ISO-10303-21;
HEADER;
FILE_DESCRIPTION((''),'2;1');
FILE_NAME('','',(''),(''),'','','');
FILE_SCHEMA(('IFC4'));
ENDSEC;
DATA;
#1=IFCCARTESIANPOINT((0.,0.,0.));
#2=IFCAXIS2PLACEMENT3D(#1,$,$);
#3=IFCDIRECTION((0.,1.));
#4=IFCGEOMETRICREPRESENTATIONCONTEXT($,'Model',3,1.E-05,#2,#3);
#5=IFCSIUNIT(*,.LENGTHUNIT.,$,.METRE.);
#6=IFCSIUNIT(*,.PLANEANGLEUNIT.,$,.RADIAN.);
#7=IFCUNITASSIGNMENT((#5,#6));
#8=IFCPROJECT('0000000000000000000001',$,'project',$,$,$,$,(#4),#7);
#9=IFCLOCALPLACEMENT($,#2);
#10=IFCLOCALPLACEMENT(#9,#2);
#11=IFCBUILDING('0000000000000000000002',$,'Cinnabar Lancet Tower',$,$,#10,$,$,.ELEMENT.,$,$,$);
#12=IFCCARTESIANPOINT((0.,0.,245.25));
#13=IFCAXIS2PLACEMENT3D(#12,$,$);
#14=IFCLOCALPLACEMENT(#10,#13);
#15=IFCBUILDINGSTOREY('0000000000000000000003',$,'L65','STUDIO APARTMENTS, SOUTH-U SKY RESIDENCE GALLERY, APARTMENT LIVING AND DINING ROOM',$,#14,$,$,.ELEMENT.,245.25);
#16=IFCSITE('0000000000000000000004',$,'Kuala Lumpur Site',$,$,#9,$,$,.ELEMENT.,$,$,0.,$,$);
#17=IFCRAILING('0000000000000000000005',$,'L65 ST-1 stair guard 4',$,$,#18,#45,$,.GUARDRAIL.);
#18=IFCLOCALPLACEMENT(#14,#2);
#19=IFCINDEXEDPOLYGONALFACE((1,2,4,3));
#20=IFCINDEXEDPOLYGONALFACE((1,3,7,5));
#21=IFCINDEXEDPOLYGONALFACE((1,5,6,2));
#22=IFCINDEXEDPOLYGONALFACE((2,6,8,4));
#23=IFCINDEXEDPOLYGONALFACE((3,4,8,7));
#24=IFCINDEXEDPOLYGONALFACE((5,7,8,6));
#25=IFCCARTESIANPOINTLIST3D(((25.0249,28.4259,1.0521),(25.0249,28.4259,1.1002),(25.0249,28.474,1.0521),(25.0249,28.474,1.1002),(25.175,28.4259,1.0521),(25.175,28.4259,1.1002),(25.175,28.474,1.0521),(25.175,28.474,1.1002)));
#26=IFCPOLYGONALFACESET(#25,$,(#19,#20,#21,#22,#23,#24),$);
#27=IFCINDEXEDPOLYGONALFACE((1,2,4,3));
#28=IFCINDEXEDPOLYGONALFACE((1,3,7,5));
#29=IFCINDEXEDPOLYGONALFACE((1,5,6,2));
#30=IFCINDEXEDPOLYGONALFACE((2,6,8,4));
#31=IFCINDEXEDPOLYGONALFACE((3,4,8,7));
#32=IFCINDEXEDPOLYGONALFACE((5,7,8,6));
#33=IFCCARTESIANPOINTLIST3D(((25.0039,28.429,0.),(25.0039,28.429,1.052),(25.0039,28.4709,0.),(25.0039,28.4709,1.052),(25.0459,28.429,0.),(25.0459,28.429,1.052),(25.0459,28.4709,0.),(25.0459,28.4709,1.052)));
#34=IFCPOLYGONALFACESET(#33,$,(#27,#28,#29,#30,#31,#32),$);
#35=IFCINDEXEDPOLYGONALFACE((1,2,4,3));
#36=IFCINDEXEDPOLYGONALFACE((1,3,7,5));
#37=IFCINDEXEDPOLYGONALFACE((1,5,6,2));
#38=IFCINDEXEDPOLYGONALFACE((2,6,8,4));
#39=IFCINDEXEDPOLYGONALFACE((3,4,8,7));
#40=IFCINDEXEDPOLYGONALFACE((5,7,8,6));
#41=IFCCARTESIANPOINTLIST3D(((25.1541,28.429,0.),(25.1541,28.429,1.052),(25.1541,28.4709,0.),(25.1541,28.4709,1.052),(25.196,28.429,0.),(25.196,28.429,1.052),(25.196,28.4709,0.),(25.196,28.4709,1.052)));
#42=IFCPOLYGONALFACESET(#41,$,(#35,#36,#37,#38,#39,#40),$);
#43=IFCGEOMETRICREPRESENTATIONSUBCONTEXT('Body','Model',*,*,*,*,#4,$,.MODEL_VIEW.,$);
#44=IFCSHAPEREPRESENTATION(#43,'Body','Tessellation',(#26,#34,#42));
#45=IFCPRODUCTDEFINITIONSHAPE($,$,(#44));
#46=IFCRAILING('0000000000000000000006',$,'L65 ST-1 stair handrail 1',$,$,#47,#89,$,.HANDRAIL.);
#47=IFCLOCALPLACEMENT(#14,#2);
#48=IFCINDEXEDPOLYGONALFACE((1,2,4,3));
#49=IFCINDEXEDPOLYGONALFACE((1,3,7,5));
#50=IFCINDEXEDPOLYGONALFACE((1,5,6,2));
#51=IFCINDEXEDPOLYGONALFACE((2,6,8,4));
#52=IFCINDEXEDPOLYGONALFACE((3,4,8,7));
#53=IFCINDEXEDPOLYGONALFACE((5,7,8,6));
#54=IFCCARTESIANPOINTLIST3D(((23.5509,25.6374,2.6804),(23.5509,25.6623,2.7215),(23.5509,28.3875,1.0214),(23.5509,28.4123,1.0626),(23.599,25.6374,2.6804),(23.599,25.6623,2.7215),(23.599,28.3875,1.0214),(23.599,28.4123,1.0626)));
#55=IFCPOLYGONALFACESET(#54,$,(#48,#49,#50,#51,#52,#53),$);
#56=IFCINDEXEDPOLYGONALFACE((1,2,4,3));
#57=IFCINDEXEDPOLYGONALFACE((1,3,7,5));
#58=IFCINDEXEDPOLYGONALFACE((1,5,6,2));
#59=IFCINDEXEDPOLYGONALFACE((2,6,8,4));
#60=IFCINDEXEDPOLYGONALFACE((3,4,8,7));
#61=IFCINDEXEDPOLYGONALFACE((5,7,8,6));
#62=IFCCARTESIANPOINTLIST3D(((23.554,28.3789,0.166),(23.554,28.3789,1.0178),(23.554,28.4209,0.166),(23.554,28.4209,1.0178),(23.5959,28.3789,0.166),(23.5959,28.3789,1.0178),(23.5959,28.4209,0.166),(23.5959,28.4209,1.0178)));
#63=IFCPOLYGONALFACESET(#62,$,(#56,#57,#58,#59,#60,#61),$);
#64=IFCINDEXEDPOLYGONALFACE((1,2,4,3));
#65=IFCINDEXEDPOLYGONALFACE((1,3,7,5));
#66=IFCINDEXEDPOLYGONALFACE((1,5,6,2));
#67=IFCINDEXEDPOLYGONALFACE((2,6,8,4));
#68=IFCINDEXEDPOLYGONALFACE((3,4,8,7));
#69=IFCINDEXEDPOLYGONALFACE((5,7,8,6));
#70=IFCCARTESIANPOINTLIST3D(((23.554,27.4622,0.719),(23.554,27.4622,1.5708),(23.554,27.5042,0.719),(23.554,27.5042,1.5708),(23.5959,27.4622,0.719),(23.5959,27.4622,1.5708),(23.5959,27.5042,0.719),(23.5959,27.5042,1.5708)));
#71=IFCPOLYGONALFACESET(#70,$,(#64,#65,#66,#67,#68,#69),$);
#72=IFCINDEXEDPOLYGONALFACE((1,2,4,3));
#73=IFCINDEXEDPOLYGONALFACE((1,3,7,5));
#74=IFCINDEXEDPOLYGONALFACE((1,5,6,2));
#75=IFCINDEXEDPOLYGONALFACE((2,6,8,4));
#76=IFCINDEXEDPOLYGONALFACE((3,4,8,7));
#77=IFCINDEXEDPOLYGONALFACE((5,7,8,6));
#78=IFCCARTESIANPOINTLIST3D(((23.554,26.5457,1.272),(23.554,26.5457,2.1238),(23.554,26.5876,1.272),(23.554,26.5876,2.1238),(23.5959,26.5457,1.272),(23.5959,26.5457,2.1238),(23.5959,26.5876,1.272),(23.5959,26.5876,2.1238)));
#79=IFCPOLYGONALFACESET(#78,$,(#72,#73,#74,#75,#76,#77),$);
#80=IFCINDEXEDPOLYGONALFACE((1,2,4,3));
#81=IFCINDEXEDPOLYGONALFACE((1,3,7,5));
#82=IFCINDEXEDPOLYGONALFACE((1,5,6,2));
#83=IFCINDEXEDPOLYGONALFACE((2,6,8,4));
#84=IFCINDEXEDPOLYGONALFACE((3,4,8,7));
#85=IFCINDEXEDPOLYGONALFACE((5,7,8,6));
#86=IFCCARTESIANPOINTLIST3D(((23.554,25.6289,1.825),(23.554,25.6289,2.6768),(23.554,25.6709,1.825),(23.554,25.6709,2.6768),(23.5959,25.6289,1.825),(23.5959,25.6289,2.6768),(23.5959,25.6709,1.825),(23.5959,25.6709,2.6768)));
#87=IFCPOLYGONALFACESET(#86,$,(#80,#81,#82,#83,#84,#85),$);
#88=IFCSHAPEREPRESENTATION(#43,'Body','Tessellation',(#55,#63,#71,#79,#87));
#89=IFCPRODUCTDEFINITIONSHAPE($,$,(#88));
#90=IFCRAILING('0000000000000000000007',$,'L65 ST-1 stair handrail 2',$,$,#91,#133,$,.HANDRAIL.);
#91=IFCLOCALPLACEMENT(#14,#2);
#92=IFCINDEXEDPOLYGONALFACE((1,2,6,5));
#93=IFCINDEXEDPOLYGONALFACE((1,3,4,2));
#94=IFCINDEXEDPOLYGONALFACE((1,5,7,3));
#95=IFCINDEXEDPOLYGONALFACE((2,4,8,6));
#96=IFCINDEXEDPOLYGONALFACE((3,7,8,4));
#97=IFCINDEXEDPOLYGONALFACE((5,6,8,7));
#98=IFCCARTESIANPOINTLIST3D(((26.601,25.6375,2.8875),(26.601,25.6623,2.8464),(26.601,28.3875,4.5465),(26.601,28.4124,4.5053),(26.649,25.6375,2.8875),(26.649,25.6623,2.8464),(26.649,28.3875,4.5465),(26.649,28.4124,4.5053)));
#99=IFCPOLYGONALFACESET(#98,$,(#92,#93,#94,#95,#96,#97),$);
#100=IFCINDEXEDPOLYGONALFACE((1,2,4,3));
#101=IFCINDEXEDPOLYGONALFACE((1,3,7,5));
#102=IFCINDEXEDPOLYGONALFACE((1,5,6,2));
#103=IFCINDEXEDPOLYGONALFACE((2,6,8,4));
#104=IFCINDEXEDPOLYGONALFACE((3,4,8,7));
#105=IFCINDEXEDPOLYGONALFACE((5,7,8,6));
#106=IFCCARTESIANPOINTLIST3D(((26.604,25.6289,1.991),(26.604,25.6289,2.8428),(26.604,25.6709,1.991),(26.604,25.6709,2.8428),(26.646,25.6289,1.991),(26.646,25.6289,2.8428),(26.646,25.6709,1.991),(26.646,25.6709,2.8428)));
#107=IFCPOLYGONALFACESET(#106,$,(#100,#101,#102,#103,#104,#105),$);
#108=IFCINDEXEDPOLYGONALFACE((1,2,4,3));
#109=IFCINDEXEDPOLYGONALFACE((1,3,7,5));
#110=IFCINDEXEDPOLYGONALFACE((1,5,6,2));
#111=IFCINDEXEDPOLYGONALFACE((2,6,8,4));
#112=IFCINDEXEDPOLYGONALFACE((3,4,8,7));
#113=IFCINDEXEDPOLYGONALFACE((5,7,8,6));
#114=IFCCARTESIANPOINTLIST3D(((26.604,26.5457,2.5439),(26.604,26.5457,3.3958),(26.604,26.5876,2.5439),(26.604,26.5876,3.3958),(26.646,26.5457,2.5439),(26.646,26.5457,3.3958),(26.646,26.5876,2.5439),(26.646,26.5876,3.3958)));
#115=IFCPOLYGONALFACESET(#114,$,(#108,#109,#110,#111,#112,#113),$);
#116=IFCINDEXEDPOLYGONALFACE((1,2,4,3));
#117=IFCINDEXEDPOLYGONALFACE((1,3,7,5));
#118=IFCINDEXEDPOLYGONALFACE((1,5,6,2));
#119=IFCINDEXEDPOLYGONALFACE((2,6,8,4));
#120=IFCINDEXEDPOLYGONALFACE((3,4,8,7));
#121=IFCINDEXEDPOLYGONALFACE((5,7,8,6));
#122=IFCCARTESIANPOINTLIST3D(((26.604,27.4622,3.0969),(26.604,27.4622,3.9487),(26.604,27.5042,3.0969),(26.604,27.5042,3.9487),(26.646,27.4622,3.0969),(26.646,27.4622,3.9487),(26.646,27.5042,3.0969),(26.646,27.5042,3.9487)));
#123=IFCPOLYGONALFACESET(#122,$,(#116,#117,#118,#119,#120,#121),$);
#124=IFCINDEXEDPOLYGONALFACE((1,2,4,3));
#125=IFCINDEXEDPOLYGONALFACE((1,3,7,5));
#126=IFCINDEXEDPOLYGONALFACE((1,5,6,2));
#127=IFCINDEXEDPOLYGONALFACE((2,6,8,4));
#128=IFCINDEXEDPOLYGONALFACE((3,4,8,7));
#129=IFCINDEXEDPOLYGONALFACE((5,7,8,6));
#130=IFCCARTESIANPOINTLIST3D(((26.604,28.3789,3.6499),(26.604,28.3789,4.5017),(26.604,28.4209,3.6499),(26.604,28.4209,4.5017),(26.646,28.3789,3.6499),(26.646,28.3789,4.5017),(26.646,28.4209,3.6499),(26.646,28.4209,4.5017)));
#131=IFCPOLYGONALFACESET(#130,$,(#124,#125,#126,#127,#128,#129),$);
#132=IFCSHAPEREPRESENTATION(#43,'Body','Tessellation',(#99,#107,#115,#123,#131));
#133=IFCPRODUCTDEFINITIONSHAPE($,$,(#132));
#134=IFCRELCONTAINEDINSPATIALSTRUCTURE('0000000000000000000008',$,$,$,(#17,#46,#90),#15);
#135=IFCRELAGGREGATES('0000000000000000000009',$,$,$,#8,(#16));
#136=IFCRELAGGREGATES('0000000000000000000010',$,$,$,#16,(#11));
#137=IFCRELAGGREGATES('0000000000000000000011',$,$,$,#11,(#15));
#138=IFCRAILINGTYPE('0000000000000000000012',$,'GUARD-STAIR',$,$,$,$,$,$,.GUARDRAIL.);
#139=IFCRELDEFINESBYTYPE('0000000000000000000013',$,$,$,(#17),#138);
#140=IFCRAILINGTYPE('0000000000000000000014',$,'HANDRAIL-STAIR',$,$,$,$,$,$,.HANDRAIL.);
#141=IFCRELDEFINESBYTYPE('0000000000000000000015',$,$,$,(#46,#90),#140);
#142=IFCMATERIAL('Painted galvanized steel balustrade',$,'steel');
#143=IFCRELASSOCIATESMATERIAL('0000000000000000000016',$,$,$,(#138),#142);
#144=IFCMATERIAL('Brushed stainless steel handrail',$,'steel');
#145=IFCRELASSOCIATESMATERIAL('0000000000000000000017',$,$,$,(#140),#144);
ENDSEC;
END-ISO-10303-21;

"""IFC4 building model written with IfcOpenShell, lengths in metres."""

from ifc_helpers import new_model, si_unit, direction, frame, origin, origin_2d, place, context, subcontext, project, spatial, rectangle, extrude, material, type_object, element, save


model = new_model("IFC4")

# Units and contexts
model_context = context("Model", 3, precision=1e-05, world=origin(), true_north=direction((0.0, 1.0)))
body_context = subcontext(model_context, "Body", "Model", "MODEL_VIEW")
ifc_project = project(units=[si_unit("LENGTHUNIT", "METRE"), si_unit("PLANEANGLEUNIT", "RADIAN")], contexts=[model_context])

# Site, building, storey
site_placement = place(None, origin())
site = spatial("IfcSite", under=ifc_project, at=site_placement, Name="Kuala Lumpur Site", CompositionType="ELEMENT", RefElevation=0.0)
building_placement = place(site_placement, origin())
building = spatial("IfcBuilding", under=site, at=building_placement, Name="Cinnabar Lancet Tower", CompositionType="ELEMENT")
storey_placement = place(building_placement, frame((0.0, 0.0, 245.25)))
storey = spatial("IfcBuildingStorey", under=building, at=storey_placement, Name="L65", Description="STUDIO APARTMENTS, SOUTH-U SKY RESIDENCE GALLERY, APARTMENT LIVING AND DINING ROOM", CompositionType="ELEMENT", Elevation=245.25)

# Railings
ifc_material_1 = material(Name="Painted galvanized steel balustrade", Category="steel")
railing_type_1 = type_object("IfcRailingType", Name="GUARD-STAIR", PredefinedType="GUARDRAIL", material=ifc_material_1)
railing_1_placement = place(storey_placement, frame((25.0249, 28.45, 0.0)))
element("IfcRailing", 1, at=railing_1_placement, inside=storey, type_object=railing_type_1, Name="L65 ST-1 stair guard 4", PredefinedType="GUARDRAIL", context=body_context, shape_type="SweptSolid", body=[
    extrude(rectangle(XDim=0.0481, YDim=0.0481, at=origin_2d()), frame((0.0, 0.0, 1.0762), z_axis=(1.0, 0.0, 0.0), x_axis=(0.0, 1.0, 0.0)), (0.0, 0.0, 1.0), 0.1501),
    extrude(rectangle(XDim=0.042, YDim=0.042, at=origin_2d()), origin(), (0.0, 0.0, 1.0), 1.052),
    extrude(rectangle(XDim=0.042, YDim=0.042, at=origin_2d()), frame((0.1501, 0.0, 0.0)), (0.0, 0.0, 1.0), 1.052),
])
ifc_material_2 = material(Name="Brushed stainless steel handrail", Category="steel")
railing_type_2 = type_object("IfcRailingType", Name="HANDRAIL-STAIR", PredefinedType="HANDRAIL", material=ifc_material_2)
railing_2_placement = place(storey_placement, frame((23.575, 28.3999, 0.166)))
element("IfcRailing", 2, at=railing_2_placement, inside=storey, type_object=railing_type_2, Name="L65 ST-1 stair handrail 1", PredefinedType="HANDRAIL", context=body_context, shape_type="SweptSolid", body=[
    extrude(rectangle(XDim=0.0481, YDim=0.0481, at=origin_2d()), frame((0.0, 0.0, 0.876), z_axis=(0.0, -0.856263, 0.51654), x_axis=(1.0, 0.0, 0.0)), (0.0, 0.0, 1.0), 3.2117),
    extrude(rectangle(XDim=0.042, YDim=0.042, at=origin_2d()), origin(), (0.0, 0.0, 1.0), 0.8518),
    extrude(rectangle(XDim=0.042, YDim=0.042, at=origin_2d()), frame((0.0, -0.9167, 0.553)), (0.0, 0.0, 1.0), 0.8518),
    extrude(rectangle(XDim=0.042, YDim=0.042, at=origin_2d()), frame((0.0, -1.8333, 1.106)), (0.0, 0.0, 1.0), 0.8518),
    extrude(rectangle(XDim=0.042, YDim=0.042, at=origin_2d()), frame((0.0, -2.75, 1.6589)), (0.0, 0.0, 1.0), 0.8518),
])
railing_3_placement = place(storey_placement, frame((26.625, 25.6499, 1.991)))
element("IfcRailing", 3, at=railing_3_placement, inside=storey, type_object=railing_type_2, Name="L65 ST-1 stair handrail 2", PredefinedType="HANDRAIL", context=body_context, shape_type="SweptSolid", body=[
    extrude(rectangle(XDim=0.0481, YDim=0.0481, at=origin_2d()), frame((0.0, 0.0, 0.876), z_axis=(0.0, 0.856263, 0.51654), x_axis=(-1.0, 0.0, 0.0)), (0.0, 0.0, 1.0), 3.2117),
    extrude(rectangle(XDim=0.042, YDim=0.042, at=origin_2d()), origin(), (0.0, 0.0, 1.0), 0.8518),
    extrude(rectangle(XDim=0.042, YDim=0.042, at=origin_2d()), frame((0.0, 0.9167, 0.553)), (0.0, 0.0, 1.0), 0.8518),
    extrude(rectangle(XDim=0.042, YDim=0.042, at=origin_2d()), frame((0.0, 1.8333, 1.106)), (0.0, 0.0, 1.0), 0.8518),
    extrude(rectangle(XDim=0.042, YDim=0.042, at=origin_2d()), frame((0.0, 2.75, 1.6589)), (0.0, 0.0, 1.0), 0.8518),
])

save(model, "model.ifc")
